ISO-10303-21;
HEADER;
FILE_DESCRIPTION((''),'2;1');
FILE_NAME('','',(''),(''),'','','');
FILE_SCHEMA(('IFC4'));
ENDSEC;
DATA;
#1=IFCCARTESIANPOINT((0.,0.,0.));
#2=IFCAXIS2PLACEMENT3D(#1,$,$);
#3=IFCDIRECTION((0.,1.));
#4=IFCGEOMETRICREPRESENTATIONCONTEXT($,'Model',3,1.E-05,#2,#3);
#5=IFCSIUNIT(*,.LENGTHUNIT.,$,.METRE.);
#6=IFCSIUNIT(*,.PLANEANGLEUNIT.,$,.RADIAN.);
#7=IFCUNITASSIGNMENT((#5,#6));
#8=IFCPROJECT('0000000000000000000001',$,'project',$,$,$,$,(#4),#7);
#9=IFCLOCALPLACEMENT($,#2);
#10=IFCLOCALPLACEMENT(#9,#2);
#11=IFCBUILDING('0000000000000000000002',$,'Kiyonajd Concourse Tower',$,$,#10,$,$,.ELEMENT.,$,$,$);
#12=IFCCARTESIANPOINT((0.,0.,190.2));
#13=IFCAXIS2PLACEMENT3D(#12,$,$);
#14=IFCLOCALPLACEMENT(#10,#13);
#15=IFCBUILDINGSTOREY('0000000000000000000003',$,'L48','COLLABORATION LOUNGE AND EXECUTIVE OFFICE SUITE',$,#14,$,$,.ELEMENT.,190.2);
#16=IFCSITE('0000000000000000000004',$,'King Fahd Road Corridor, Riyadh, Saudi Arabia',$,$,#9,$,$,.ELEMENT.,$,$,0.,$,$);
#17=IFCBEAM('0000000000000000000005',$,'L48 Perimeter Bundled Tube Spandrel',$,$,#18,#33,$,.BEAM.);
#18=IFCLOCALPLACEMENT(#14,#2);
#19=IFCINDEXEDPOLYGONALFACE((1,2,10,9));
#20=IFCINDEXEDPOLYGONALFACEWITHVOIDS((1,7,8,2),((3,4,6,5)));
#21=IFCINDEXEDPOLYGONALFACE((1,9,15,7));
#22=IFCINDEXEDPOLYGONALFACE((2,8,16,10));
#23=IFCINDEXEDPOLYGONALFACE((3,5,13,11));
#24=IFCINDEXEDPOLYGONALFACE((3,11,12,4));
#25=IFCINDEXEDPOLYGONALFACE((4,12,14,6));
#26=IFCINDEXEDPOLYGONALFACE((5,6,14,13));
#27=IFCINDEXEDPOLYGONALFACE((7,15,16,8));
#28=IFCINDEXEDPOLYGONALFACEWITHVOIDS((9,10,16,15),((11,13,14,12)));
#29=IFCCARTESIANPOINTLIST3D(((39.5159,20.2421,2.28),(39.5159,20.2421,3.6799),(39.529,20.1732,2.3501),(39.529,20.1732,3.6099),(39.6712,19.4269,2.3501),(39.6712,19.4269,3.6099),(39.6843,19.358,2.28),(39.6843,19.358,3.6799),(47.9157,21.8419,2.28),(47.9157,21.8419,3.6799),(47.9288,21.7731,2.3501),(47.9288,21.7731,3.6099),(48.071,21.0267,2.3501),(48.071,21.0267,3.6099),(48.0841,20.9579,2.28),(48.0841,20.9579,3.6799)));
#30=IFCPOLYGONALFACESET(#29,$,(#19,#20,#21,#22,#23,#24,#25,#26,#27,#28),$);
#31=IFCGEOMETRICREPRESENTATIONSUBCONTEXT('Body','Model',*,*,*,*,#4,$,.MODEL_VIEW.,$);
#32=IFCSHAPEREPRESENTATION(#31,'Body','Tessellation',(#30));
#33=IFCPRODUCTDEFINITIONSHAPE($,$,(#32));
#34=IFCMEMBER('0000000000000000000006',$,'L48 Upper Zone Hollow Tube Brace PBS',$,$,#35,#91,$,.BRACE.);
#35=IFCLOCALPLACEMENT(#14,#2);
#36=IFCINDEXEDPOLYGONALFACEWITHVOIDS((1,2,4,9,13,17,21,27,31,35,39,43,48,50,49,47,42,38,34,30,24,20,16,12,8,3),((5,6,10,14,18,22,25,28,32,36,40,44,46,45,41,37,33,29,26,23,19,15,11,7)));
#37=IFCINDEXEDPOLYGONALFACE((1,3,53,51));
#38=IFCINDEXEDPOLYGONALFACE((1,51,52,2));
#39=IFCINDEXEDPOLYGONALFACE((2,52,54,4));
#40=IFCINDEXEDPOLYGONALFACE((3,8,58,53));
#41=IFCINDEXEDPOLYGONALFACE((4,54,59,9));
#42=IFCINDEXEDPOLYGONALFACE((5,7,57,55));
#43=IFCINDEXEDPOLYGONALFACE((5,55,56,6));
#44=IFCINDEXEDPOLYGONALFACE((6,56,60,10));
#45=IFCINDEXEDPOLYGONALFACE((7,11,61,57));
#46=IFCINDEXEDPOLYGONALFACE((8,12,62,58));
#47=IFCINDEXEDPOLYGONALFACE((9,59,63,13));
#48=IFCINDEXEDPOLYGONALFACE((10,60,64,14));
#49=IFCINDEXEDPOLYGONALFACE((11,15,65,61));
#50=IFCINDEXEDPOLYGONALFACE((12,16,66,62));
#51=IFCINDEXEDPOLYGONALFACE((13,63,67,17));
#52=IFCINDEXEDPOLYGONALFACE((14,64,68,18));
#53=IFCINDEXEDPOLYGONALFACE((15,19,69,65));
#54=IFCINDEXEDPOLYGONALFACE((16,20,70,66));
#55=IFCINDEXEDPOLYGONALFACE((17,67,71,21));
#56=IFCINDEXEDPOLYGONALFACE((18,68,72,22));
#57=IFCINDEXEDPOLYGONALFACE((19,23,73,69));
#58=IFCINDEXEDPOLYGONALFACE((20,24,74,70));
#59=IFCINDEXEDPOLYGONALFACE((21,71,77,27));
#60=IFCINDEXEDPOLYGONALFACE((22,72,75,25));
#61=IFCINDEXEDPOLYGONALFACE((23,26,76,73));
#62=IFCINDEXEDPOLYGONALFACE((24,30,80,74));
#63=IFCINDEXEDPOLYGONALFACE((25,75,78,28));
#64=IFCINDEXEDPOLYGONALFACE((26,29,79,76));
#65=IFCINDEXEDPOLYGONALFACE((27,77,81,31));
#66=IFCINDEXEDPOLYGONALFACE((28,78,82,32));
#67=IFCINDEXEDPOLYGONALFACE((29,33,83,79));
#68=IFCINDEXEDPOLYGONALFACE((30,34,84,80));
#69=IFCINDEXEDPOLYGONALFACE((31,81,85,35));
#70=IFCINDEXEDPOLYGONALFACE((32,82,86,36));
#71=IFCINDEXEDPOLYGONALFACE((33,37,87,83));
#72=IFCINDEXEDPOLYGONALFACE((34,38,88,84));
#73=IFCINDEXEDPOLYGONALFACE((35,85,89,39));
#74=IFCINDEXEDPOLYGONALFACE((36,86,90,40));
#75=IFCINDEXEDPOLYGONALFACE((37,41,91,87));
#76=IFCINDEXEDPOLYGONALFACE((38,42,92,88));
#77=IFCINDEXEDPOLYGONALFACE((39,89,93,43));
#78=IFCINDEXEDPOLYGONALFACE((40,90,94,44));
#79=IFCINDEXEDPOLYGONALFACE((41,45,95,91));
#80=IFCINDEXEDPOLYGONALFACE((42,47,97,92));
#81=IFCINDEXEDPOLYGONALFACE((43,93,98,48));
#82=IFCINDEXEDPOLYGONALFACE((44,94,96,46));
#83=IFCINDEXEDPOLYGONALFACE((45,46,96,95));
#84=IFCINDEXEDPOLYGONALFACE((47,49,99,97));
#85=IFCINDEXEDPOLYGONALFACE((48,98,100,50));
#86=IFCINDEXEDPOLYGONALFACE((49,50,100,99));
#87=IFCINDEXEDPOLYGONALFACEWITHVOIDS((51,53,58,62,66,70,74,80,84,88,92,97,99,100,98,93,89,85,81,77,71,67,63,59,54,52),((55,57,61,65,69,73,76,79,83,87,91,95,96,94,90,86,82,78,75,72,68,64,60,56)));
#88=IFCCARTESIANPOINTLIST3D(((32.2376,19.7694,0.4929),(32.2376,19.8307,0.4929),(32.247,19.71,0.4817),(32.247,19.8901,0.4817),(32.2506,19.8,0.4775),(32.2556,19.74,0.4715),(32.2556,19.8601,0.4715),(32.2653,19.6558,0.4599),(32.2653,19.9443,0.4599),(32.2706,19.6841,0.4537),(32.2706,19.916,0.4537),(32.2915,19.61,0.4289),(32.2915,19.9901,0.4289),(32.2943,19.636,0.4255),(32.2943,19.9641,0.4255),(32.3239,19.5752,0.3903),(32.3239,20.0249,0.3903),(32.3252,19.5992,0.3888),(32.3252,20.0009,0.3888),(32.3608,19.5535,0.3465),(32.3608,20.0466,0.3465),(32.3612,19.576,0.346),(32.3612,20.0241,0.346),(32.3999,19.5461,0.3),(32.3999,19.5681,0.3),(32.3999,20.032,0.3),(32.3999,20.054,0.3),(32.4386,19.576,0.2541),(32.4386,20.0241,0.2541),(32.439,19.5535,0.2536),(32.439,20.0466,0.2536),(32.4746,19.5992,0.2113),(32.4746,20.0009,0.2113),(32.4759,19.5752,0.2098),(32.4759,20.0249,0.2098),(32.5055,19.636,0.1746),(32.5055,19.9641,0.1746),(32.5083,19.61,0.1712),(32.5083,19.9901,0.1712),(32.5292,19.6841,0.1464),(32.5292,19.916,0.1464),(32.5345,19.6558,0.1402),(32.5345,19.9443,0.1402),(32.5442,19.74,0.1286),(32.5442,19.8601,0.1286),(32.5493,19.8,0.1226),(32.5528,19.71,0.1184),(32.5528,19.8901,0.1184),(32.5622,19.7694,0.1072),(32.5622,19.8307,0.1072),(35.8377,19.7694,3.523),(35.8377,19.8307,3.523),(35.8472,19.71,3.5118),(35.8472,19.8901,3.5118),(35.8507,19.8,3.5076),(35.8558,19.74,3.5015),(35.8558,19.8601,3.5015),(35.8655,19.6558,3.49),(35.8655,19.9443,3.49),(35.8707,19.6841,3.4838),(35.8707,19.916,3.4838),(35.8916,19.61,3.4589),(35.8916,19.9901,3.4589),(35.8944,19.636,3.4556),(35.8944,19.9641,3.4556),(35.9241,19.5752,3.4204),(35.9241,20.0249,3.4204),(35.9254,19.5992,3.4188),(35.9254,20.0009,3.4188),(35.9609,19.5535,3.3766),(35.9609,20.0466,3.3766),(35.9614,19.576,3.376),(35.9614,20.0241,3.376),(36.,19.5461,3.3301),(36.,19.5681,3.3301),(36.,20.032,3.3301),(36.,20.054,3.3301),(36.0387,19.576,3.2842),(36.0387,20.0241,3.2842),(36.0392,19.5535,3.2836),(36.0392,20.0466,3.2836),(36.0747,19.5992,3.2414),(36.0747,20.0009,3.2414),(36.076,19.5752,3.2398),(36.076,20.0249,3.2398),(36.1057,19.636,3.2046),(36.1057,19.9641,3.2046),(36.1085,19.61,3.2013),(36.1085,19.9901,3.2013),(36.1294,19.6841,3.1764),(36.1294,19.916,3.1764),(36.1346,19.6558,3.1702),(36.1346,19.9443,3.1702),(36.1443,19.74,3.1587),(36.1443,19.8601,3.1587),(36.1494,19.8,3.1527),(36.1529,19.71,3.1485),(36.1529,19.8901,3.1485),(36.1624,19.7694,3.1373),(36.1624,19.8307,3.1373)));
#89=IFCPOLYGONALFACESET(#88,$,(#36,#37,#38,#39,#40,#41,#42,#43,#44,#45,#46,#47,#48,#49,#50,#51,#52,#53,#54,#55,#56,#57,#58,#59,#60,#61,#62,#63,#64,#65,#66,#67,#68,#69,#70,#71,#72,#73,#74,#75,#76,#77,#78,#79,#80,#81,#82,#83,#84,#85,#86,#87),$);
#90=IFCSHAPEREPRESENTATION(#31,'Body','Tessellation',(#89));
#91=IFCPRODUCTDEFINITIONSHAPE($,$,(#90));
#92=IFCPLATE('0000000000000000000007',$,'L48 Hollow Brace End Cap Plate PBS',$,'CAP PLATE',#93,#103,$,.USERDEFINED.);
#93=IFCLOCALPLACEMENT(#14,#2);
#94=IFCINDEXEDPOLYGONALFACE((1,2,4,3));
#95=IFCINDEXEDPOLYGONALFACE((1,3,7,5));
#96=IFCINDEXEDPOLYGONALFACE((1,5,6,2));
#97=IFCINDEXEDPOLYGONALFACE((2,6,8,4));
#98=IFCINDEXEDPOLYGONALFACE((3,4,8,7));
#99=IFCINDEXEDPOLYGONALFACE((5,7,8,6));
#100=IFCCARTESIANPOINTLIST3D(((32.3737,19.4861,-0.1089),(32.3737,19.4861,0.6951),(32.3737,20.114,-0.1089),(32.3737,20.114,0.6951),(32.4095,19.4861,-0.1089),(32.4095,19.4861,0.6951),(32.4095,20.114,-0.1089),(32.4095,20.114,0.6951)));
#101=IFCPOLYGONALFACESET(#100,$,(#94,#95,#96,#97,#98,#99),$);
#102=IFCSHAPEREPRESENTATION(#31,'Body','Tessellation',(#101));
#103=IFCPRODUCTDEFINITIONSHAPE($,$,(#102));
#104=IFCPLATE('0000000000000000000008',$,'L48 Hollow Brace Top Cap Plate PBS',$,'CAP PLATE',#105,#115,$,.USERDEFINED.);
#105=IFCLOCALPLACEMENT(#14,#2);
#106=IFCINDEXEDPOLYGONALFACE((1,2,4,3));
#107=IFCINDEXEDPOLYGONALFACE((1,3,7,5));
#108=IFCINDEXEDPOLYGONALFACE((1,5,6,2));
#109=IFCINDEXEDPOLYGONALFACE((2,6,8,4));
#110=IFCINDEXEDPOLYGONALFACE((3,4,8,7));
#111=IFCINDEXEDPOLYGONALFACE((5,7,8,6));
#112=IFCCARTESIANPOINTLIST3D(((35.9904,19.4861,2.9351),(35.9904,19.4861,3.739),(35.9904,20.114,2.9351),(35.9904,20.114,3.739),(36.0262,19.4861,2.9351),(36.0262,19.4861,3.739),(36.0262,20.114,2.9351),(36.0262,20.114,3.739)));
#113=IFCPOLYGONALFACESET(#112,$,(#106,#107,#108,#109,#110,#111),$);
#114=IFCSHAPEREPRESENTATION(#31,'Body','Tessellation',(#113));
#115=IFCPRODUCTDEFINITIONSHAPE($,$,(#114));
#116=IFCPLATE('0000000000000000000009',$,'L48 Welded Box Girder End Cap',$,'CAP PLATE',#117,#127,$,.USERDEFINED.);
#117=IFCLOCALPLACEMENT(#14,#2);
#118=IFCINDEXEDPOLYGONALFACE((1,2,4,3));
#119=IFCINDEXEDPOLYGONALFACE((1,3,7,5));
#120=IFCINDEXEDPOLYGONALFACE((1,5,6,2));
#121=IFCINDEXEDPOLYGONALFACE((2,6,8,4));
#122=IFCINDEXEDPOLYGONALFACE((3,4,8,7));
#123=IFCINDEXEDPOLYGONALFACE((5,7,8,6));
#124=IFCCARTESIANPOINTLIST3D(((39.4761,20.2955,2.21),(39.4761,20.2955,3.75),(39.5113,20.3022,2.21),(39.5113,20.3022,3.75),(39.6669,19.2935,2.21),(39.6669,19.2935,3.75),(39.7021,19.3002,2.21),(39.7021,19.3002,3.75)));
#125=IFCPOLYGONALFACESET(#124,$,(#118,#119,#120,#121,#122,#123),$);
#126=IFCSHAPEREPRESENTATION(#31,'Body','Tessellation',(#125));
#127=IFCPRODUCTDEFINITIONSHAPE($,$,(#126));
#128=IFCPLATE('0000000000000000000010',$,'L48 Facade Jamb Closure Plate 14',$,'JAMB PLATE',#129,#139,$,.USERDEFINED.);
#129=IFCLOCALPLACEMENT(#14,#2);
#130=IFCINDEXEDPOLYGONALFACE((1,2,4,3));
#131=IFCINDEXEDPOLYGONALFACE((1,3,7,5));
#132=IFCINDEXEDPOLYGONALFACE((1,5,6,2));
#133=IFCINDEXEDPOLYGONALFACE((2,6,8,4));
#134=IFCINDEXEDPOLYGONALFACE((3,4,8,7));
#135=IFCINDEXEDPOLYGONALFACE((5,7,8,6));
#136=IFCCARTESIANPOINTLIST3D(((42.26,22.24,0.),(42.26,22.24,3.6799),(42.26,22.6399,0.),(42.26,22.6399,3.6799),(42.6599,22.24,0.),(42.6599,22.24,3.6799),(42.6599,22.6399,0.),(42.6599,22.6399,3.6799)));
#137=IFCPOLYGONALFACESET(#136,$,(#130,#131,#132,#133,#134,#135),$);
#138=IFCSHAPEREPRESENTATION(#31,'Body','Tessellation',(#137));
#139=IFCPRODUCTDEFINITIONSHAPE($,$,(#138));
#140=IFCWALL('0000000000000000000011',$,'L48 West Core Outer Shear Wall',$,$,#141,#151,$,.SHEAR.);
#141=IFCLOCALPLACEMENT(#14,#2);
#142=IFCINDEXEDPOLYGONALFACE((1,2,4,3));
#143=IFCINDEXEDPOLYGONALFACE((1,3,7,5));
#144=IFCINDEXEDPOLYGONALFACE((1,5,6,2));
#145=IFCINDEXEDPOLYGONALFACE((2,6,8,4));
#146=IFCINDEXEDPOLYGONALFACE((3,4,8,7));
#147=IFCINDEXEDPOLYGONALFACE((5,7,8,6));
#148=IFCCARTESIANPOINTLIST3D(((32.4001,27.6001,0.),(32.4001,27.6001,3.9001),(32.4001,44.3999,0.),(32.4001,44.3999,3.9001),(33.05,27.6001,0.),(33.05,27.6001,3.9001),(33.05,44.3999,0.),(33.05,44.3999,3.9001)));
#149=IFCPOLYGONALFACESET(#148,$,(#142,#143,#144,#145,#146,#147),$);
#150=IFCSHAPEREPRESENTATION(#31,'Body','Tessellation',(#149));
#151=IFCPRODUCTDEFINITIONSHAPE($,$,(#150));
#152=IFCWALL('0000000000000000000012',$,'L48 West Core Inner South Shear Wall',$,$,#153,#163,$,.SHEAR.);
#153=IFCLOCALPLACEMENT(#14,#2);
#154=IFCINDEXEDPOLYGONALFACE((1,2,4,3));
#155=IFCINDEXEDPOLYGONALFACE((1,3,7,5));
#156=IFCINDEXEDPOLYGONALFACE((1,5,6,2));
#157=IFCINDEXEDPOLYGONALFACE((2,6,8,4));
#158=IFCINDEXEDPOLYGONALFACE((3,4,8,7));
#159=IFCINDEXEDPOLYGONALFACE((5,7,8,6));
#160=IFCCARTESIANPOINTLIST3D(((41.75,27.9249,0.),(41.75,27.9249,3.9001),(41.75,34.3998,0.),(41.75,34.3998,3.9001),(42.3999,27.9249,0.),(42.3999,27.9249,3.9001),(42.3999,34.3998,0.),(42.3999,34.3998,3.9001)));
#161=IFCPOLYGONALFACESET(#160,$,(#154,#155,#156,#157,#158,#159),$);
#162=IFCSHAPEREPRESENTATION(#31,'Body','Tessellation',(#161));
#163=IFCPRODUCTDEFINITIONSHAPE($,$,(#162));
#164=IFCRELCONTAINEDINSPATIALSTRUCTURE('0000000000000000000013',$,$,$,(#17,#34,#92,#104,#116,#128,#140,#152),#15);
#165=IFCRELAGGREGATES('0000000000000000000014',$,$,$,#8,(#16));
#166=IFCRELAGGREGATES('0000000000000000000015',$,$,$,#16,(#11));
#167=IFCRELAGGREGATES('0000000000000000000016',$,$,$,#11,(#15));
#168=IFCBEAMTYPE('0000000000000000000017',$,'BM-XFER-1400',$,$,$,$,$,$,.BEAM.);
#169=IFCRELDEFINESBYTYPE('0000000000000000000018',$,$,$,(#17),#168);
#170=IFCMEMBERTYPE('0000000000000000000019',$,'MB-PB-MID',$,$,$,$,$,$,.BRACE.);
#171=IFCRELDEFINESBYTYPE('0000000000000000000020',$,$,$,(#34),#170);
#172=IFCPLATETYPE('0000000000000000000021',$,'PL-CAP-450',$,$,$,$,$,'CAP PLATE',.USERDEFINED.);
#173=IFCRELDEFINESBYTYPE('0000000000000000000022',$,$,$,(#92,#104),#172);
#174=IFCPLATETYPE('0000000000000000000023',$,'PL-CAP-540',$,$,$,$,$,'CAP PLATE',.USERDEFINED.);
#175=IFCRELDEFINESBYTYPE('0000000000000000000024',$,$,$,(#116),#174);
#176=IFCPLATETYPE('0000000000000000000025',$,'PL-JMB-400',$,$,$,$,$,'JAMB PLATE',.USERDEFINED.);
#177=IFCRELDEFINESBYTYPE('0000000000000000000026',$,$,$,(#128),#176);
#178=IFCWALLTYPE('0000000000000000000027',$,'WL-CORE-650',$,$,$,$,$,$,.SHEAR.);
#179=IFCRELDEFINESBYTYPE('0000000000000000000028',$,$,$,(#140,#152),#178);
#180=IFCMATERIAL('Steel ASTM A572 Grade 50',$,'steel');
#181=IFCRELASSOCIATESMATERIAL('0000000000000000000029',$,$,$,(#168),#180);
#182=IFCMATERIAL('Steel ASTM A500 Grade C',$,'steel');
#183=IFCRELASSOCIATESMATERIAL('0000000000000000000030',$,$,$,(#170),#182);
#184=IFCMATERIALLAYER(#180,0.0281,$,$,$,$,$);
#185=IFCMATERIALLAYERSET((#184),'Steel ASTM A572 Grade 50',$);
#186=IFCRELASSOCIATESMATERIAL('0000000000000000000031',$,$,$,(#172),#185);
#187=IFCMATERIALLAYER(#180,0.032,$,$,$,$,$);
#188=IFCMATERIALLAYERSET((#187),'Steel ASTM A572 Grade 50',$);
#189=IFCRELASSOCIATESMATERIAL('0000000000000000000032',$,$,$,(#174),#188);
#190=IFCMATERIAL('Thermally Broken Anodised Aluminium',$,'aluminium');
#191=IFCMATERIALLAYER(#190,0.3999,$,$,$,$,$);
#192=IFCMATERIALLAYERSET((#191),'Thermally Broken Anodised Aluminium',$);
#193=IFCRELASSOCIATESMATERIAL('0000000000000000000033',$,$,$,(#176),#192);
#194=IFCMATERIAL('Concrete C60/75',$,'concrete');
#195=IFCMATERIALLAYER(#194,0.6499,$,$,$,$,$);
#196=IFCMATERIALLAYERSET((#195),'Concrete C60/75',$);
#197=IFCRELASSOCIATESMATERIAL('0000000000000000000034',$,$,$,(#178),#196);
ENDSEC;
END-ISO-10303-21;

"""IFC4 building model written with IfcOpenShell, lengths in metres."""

from ifc_helpers import new_model, si_unit, direction, frame, frame_2d, origin, origin_2d, place, context, subcontext, project, spatial, rectangle, hollow_rectangle, hollow_circle, extrude, material, layer, layer_set, material_profile, profile_set, type_object, element, save


model = new_model("IFC4")

# Units and contexts
model_context = context("Model", 3, precision=1e-05, world=origin(), true_north=direction((0.0, 1.0)))
body_context = subcontext(model_context, "Body", "Model", "MODEL_VIEW")
ifc_project = project(units=[si_unit("LENGTHUNIT", "METRE"), si_unit("PLANEANGLEUNIT", "RADIAN")], contexts=[model_context])

# Site, building, storey
site_placement = place(None, origin())
site = spatial("IfcSite", under=ifc_project, at=site_placement, Name="King Fahd Road Corridor, Riyadh, Saudi Arabia", CompositionType="ELEMENT", RefElevation=0.0)
building_placement = place(site_placement, origin())
building = spatial("IfcBuilding", under=site, at=building_placement, Name="Kiyonajd Concourse Tower", CompositionType="ELEMENT")
storey_placement = place(building_placement, frame((0.0, 0.0, 190.2)))
storey = spatial("IfcBuildingStorey", under=building, at=storey_placement, Name="L48", Description="COLLABORATION LOUNGE AND EXECUTIVE OFFICE SUITE", CompositionType="ELEMENT", Elevation=190.2)

# Beam
ifc_material_1 = material(Name="Concrete C60/75", Category="concrete")
ifc_material_2 = material(Name="Steel ASTM A572 Grade 50", Category="steel")
ifc_material_profile_1 = material_profile(ifc_material_2, hollow_rectangle(XDim=0.8999, YDim=1.3999, WallThickness=0.0701, at=origin_2d()), Name="BOX-1400x900x70")
ifc_profile_set_1 = profile_set([ifc_material_profile_1], Name="Steel ASTM A572 Grade 50")
beam_type_1 = type_object("IfcBeamType", Name="BM-XFER-1400", PredefinedType="BEAM", material=ifc_profile_set_1)
beam_1_placement = place(storey_placement, frame((39.6001, 19.8, 2.98), z_axis=(0.982341, 0.187098, 0.0), x_axis=(-0.187098, 0.982341, 0.0)))
element("IfcBeam", 1, at=beam_1_placement, inside=storey, type_object=beam_type_1, Name="L48 Perimeter Bundled Tube Spandrel", PredefinedType="BEAM", context=body_context, shape_type="SweptSolid", body=[
    extrude(hollow_rectangle(XDim=0.8999, YDim=1.3999, WallThickness=0.0701, at=origin_2d()), origin(), (0.0, 0.0, 1.0), 8.5508),
])

# Member
ifc_material_3 = material(Name="Steel ASTM A500 Grade C", Category="steel")
ifc_material_profile_2 = material_profile(ifc_material_3, hollow_circle(Radius=0.2539, WallThickness=0.022, at=origin_2d()), Name="CHS-508x22")
ifc_profile_set_2 = profile_set([ifc_material_profile_2], Name="Steel ASTM A500 Grade C")
member_type = type_object("IfcMemberType", Name="MB-PB-MID", PredefinedType="BRACE", material=ifc_profile_set_2)
member_placement = place(storey_placement, frame((32.3999, 19.8, 0.3), z_axis=(0.765082, 0.0, 0.643933), x_axis=(0.0, 1.0, 0.0)))
element("IfcMember", 2, at=member_placement, inside=storey, type_object=member_type, Name="L48 Upper Zone Hollow Tube Brace PBS", PredefinedType="BRACE", context=body_context, shape_type="SweptSolid", body=[
    extrude(hollow_circle(Radius=0.2539, WallThickness=0.022, at=origin_2d()), origin(), (0.0, 0.0, 1.0), 4.7056),
])

# Plates
ifc_layer_1 = layer(ifc_material_2, 0.0281)
ifc_layer_set_1 = layer_set([ifc_layer_1], Name="Steel ASTM A572 Grade 50")
plate_type_1 = type_object("IfcPlateType", Name="PL-CAP-450", ElementType="CAP PLATE", PredefinedType="USERDEFINED", material=ifc_layer_set_1)
for number, where, z_axis, x_axis, name in (
    (3, (32.3916, 19.8, -0.1089), (0.0, 0.0, 1.0), (-1.0, 0.0, 0.0), "L48 Hollow Brace End Cap Plate PBS"),
    (4, (36.0083, 19.8, 2.9351), (0.0, 0.0, 1.0), (1.0, 0.0, 0.0), "L48 Hollow Brace Top Cap Plate PBS"),
):
    element("IfcPlate", number, at=place(storey_placement, frame(where, z_axis=z_axis, x_axis=x_axis)), inside=storey, type_object=plate_type_1, Name=name, ObjectType="CAP PLATE", PredefinedType="USERDEFINED", context=body_context, shape_type="SweptSolid", body=[
        extrude(rectangle(XDim=0.0359, YDim=0.6279, at=origin_2d()), origin(), (0.0, 0.0, 1.0), 0.804),
    ])
ifc_layer_2 = layer(ifc_material_2, 0.032)
ifc_layer_set_2 = layer_set([ifc_layer_2], Name="Steel ASTM A572 Grade 50")
plate_type_2 = type_object("IfcPlateType", Name="PL-CAP-540", ElementType="CAP PLATE", PredefinedType="USERDEFINED", material=ifc_layer_set_2)
plate_1_placement = place(storey_placement, frame((39.5891, 19.7979, 2.21), z_axis=(0.0, 0.0, 1.0), x_axis=(-0.982353, -0.187038, 0.0)))
element("IfcPlate", 5, at=plate_1_placement, inside=storey, type_object=plate_type_2, Name="L48 Welded Box Girder End Cap", ObjectType="CAP PLATE", PredefinedType="USERDEFINED", context=body_context, shape_type="SweptSolid", body=[
    extrude(rectangle(XDim=0.0359, YDim=1.02, at=origin_2d()), origin(), (0.0, 0.0, 1.0), 1.54),
])
ifc_material_4 = material(Name="Thermally Broken Anodised Aluminium", Category="aluminium")
ifc_layer_3 = layer(ifc_material_4, 0.3999)
ifc_layer_set_3 = layer_set([ifc_layer_3], Name="Thermally Broken Anodised Aluminium")
plate_type_3 = type_object("IfcPlateType", Name="PL-JMB-400", ElementType="JAMB PLATE", PredefinedType="USERDEFINED", material=ifc_layer_set_3)
plate_2_placement = place(storey_placement, frame((42.46, 22.4399, 0.0), z_axis=(0.0, 0.0, 1.0), x_axis=(1.0, 0.0, 0.0)))
element("IfcPlate", 6, at=plate_2_placement, inside=storey, type_object=plate_type_3, Name="L48 Facade Jamb Closure Plate 14", ObjectType="JAMB PLATE", PredefinedType="USERDEFINED", context=body_context, shape_type="SweptSolid", body=[
    extrude(rectangle(XDim=0.3999, YDim=0.3999, at=origin_2d()), origin(), (0.0, 0.0, 1.0), 3.6799),
])

# Walls
ifc_layer_4 = layer(ifc_material_1, 0.6499)
ifc_layer_set_4 = layer_set([ifc_layer_4], Name="Concrete C60/75")
wall_type_1 = type_object("IfcWallType", Name="WL-CORE-650", PredefinedType="SHEAR", material=ifc_layer_set_4)
wall_1_placement = place(storey_placement, frame((32.7251, 27.6001, 0.0), z_axis=(0.0, 0.0, 1.0), x_axis=(0.0, 1.0, 0.0)))
element("IfcWall", 7, at=wall_1_placement, inside=storey, type_object=wall_type_1, Name="L48 West Core Outer Shear Wall", PredefinedType="SHEAR", context=body_context, shape_type="SweptSolid", body=[
    extrude(rectangle(XDim=16.7998, YDim=0.6499, at=frame_2d((8.3999, 0.0))), origin(), (0.0, 0.0, 1.0), 3.9001),
])
wall_2_placement = place(storey_placement, frame((42.075, 27.925, 0.0), z_axis=(0.0, 0.0, 1.0), x_axis=(0.0, 1.0, 0.0)))
element("IfcWall", 8, at=wall_2_placement, inside=storey, type_object=wall_type_1, Name="L48 West Core Inner South Shear Wall", PredefinedType="SHEAR", context=body_context, shape_type="SweptSolid", body=[
    extrude(rectangle(XDim=6.4749, YDim=0.6499, at=frame_2d((3.2373, 0.0))), origin(), (0.0, 0.0, 1.0), 3.9001),
])

save(model, "model.ifc")
